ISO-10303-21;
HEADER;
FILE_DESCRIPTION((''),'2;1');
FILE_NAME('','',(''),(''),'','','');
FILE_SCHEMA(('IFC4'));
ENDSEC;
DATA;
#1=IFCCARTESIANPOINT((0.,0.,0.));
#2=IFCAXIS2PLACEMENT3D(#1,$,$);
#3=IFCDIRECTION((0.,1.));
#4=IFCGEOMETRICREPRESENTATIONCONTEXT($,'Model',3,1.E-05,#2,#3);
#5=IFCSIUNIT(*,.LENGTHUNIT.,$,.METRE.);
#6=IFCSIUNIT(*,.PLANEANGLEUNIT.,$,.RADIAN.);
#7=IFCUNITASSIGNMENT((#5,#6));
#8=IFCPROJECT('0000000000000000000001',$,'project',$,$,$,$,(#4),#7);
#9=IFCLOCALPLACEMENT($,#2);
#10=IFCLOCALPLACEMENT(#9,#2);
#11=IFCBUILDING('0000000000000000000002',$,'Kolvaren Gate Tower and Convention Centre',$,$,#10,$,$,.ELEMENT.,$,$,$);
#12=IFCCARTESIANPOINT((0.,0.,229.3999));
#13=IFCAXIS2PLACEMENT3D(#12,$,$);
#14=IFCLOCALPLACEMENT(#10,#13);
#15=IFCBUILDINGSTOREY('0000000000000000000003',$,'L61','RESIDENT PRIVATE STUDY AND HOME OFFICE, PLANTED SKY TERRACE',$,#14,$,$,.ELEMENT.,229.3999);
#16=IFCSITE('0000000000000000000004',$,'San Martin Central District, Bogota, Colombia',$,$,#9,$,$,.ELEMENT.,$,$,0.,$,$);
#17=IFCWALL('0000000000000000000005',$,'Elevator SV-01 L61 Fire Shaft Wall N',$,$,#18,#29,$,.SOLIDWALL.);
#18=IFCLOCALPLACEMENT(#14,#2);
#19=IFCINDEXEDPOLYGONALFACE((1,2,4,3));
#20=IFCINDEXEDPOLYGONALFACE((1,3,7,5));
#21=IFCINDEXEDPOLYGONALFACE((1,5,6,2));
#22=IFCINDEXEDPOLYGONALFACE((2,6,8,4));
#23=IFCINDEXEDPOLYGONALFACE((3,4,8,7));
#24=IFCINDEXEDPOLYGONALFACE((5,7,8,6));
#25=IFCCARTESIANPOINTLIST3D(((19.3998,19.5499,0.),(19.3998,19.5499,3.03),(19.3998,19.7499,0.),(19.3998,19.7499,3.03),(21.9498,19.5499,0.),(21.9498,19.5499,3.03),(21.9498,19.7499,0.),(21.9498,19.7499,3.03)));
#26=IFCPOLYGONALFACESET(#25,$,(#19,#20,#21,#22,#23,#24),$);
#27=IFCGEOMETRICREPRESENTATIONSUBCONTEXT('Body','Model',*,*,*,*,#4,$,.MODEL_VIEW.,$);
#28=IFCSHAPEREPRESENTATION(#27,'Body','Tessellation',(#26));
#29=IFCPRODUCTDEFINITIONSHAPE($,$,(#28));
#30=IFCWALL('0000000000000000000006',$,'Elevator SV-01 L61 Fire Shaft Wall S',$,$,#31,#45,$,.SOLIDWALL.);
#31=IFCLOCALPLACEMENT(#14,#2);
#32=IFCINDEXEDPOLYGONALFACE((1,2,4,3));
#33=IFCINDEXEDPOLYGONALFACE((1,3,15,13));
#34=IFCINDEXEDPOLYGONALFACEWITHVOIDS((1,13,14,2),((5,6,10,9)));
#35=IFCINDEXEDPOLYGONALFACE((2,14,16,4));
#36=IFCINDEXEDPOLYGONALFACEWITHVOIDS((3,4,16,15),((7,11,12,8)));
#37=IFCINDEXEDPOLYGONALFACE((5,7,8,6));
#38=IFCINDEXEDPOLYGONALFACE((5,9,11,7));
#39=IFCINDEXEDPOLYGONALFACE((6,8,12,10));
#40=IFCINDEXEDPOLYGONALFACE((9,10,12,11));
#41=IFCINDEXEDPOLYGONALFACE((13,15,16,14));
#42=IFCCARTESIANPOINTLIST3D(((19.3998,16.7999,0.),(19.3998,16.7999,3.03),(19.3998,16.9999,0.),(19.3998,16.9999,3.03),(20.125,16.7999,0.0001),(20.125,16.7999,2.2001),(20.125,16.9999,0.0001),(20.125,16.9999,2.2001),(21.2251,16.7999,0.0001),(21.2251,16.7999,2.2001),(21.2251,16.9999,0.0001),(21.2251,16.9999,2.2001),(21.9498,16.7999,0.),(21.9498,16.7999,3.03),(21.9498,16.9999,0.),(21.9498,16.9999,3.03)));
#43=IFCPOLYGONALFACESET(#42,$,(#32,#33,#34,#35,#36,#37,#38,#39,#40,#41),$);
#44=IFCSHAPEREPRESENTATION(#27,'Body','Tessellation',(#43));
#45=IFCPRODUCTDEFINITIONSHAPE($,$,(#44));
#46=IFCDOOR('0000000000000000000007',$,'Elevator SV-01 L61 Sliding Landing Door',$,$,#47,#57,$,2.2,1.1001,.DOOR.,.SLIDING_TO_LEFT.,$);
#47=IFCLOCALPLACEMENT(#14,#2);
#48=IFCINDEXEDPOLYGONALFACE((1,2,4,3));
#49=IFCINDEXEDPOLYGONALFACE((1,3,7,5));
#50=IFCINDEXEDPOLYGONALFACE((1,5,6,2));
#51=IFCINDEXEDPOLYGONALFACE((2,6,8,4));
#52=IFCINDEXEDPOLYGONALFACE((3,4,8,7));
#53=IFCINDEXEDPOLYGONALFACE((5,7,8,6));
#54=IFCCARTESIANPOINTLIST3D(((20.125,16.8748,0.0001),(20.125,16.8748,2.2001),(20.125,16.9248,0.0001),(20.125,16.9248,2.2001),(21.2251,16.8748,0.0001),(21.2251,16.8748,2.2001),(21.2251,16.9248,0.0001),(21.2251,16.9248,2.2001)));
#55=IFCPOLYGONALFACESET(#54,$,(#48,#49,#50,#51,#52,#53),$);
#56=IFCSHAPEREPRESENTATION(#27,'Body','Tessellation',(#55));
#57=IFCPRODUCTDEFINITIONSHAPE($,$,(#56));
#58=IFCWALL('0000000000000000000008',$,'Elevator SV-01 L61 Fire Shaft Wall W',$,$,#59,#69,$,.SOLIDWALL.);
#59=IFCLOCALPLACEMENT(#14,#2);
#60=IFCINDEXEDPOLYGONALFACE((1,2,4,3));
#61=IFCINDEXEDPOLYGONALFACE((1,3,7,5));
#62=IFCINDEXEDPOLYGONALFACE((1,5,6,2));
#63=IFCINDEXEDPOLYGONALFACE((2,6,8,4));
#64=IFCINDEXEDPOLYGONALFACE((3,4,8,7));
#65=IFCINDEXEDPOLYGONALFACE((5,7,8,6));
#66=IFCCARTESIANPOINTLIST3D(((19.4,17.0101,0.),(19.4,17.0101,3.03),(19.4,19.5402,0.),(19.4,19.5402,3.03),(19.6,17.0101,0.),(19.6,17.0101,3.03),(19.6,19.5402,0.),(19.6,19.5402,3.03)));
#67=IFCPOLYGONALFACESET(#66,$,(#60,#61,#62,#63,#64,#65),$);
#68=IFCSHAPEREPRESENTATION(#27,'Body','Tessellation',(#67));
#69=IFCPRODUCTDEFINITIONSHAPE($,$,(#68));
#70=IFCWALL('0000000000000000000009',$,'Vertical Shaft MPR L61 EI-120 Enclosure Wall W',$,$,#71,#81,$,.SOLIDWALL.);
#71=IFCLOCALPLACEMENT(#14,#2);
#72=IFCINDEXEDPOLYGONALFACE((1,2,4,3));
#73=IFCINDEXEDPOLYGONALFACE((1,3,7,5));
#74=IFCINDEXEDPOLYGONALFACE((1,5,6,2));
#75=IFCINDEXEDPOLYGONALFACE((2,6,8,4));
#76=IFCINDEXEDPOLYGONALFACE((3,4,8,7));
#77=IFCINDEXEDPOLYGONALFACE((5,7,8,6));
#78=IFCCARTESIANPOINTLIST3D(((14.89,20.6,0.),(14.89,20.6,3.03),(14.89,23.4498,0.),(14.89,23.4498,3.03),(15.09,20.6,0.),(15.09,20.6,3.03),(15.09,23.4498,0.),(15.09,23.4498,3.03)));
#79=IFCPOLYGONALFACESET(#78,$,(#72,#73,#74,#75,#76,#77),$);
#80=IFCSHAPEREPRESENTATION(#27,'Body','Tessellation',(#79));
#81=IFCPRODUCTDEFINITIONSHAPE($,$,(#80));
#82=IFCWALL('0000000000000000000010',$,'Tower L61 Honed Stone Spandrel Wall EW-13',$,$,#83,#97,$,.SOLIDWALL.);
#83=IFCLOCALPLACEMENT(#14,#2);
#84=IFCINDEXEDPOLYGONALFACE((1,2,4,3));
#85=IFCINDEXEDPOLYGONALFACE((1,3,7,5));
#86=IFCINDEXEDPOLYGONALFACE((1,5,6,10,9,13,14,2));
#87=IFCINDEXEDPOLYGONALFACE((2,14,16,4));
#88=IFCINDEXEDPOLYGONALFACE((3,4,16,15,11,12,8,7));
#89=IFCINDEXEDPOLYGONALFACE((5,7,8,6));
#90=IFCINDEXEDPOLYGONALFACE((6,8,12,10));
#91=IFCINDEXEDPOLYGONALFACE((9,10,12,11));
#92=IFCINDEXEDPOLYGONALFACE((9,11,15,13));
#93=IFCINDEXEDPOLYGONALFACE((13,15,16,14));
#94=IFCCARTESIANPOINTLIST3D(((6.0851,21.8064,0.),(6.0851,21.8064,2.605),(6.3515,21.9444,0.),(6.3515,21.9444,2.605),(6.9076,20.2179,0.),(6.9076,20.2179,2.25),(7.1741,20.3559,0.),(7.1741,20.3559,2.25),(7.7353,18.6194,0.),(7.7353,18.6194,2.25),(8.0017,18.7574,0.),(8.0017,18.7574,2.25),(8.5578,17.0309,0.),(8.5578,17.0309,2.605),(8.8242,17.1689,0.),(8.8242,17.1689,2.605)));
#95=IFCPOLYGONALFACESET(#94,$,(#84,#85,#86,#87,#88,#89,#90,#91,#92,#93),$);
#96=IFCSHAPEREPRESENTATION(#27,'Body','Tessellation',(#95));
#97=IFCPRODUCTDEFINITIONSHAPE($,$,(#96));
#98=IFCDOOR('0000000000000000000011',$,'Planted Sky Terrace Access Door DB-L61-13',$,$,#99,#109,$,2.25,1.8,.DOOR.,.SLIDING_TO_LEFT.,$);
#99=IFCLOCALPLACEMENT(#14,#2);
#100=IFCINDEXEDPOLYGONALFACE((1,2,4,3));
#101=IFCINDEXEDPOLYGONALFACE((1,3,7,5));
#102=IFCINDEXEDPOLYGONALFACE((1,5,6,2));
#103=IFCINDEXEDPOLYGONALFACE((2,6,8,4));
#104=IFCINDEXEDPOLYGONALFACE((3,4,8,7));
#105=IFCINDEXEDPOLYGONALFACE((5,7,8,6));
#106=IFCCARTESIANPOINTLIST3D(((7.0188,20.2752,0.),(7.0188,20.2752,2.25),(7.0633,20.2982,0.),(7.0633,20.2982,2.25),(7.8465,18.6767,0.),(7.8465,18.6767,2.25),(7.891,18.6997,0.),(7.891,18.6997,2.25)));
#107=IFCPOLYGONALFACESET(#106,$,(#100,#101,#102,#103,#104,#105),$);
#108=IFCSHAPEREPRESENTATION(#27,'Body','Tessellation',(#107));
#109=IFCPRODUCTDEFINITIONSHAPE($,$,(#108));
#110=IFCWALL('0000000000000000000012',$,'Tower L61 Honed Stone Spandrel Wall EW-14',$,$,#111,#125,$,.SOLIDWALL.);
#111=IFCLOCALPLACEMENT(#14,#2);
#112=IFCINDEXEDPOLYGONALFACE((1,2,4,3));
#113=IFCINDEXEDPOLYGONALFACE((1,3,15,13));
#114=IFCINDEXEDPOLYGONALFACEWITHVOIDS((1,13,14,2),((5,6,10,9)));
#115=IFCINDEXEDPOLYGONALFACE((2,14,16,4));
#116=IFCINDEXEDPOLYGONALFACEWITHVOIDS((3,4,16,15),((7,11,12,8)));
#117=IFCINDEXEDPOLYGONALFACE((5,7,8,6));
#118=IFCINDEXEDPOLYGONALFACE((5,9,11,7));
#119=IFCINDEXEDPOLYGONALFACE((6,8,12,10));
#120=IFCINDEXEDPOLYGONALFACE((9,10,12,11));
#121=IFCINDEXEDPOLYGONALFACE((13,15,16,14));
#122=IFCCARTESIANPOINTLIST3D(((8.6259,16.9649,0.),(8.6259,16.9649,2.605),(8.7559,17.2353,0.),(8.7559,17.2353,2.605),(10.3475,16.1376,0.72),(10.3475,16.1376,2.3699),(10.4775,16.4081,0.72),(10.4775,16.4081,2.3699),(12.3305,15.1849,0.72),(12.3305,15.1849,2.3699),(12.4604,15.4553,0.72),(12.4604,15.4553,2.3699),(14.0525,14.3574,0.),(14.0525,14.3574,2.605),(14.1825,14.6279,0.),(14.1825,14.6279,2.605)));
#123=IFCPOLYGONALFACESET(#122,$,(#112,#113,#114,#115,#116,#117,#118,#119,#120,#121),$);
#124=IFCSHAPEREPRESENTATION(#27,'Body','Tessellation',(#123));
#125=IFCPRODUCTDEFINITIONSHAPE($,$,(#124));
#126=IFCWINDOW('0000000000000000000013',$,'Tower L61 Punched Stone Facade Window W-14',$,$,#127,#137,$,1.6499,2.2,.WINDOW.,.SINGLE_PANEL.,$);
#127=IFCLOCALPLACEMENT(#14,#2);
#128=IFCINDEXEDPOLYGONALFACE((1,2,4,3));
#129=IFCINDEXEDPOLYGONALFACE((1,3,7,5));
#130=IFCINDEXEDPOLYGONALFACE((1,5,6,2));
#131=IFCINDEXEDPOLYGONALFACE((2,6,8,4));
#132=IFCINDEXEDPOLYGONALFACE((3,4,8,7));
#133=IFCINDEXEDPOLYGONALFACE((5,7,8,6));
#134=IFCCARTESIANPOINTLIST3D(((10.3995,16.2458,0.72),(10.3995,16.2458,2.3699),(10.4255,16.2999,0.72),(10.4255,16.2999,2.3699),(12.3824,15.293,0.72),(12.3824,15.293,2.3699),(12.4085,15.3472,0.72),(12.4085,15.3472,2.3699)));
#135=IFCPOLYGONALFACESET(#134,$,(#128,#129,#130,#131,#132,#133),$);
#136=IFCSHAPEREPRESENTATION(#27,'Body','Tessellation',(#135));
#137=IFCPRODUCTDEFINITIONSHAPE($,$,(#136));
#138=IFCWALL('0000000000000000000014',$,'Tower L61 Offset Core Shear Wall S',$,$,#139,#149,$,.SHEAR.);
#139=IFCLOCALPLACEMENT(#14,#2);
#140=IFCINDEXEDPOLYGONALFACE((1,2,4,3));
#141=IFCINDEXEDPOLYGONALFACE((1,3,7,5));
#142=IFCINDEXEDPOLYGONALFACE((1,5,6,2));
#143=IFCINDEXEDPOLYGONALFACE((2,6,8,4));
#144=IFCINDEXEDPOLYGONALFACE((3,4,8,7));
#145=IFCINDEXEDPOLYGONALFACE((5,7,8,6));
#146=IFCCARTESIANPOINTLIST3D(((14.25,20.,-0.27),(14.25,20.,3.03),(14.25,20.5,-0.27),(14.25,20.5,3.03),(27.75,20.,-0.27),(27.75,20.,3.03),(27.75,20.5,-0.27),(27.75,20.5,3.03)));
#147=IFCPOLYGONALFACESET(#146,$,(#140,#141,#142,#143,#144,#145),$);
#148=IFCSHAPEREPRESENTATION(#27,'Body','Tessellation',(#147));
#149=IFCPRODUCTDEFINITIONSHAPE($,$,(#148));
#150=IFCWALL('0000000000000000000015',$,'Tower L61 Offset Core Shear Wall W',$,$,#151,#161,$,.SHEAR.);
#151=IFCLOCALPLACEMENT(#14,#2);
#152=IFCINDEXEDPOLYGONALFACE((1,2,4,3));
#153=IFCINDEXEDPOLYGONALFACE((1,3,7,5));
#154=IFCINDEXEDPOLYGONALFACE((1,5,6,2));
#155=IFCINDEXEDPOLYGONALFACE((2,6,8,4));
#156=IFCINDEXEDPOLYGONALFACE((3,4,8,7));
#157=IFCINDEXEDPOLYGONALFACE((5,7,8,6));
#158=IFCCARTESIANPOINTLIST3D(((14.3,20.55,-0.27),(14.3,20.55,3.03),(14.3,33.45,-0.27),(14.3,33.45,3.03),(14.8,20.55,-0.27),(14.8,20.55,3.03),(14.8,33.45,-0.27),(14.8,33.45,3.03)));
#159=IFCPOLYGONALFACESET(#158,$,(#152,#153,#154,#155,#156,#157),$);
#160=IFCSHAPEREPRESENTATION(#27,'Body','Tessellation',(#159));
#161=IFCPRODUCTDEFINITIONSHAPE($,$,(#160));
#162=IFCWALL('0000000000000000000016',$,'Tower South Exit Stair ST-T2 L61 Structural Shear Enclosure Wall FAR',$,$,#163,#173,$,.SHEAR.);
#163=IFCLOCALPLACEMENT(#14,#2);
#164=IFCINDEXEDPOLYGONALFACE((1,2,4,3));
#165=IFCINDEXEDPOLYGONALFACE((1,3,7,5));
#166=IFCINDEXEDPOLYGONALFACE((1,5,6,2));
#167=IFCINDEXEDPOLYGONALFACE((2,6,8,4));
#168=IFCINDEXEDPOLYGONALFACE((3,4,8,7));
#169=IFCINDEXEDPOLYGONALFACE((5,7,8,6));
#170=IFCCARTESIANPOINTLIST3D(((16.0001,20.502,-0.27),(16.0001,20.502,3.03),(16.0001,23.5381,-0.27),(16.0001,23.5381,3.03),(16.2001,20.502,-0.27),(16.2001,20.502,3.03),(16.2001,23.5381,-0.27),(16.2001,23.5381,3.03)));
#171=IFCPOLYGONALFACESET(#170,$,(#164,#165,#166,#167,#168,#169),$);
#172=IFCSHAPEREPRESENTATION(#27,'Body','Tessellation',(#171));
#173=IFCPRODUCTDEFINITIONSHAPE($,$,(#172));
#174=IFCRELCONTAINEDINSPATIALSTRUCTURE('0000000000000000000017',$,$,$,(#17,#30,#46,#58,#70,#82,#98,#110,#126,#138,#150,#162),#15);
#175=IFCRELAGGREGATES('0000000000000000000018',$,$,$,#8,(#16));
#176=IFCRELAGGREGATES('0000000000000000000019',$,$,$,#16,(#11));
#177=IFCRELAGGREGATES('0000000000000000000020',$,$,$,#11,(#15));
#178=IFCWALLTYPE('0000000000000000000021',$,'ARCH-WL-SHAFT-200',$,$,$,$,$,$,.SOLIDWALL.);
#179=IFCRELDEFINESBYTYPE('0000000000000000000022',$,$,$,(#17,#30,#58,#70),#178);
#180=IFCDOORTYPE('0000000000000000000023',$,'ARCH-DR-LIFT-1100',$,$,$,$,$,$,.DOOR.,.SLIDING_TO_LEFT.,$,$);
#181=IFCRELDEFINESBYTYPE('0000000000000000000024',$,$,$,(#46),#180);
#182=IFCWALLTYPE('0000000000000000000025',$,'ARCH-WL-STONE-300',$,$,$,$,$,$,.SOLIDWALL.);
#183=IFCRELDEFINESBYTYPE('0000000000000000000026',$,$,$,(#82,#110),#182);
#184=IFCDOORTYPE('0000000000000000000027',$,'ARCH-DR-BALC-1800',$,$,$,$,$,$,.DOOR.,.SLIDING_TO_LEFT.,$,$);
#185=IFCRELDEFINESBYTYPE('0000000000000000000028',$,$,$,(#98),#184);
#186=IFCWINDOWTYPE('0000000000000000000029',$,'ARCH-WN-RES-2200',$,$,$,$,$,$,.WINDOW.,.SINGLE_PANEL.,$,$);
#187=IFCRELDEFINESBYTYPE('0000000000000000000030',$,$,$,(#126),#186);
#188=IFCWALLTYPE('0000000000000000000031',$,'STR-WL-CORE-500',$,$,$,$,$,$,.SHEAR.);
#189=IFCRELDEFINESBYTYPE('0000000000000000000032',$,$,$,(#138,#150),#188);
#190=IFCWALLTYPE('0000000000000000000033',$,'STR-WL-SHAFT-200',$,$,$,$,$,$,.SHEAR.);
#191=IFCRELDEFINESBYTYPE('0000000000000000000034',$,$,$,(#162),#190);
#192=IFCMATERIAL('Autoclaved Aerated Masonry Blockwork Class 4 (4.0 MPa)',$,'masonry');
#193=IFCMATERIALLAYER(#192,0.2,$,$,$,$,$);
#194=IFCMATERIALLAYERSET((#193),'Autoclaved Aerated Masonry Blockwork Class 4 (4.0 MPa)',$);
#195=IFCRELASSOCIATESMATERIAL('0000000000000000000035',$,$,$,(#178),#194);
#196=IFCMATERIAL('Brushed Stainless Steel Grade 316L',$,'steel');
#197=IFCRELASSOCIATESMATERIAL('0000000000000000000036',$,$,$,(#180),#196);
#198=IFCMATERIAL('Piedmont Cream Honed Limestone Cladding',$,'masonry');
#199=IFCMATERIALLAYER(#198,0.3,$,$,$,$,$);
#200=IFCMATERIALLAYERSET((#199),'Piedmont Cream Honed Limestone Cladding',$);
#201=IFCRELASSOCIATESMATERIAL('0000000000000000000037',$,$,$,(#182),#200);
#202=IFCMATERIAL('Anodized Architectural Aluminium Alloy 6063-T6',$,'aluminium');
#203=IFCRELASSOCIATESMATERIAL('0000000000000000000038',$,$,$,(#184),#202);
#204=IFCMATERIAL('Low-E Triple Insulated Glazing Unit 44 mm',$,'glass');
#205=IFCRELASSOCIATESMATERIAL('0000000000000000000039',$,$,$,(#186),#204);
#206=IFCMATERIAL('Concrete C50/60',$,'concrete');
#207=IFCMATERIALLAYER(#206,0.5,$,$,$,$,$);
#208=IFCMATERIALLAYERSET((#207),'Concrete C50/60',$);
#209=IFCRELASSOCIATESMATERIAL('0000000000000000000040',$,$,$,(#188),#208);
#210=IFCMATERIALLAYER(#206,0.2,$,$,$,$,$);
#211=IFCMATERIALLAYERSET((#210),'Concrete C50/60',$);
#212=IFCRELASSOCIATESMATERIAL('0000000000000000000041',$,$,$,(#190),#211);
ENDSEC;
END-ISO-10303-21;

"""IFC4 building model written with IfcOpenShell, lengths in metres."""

from ifc_helpers import new_model, si_unit, direction, frame, frame_2d, origin, place, context, subcontext, project, spatial, rectangle, extrude, material, layer, layer_set, type_object, element, fill, save


model = new_model("IFC4")

# Units and contexts
model_context = context("Model", 3, precision=1e-05, world=origin(), true_north=direction((0.0, 1.0)))
body_context = subcontext(model_context, "Body", "Model", "MODEL_VIEW")
ifc_project = project(units=[si_unit("LENGTHUNIT", "METRE"), si_unit("PLANEANGLEUNIT", "RADIAN")], contexts=[model_context])

# Site, building, storey
site_placement = place(None, origin())
site = spatial("IfcSite", under=ifc_project, at=site_placement, Name="San Martin Central District, Bogota, Colombia", CompositionType="ELEMENT", RefElevation=0.0)
building_placement = place(site_placement, origin())
building = spatial("IfcBuilding", under=site, at=building_placement, Name="Kolvaren Gate Tower and Convention Centre", CompositionType="ELEMENT")
storey_placement = place(building_placement, frame((0.0, 0.0, 229.3999)))
storey = spatial("IfcBuildingStorey", under=building, at=storey_placement, Name="L61", Description="RESIDENT PRIVATE STUDY AND HOME OFFICE, PLANTED SKY TERRACE", CompositionType="ELEMENT", Elevation=229.3999)

# Wall
ifc_material_1 = material(Name="Piedmont Cream Honed Limestone Cladding", Category="masonry")
ifc_material_2 = material(Name="Autoclaved Aerated Masonry Blockwork Class 4 (4.0 MPa)", Category="masonry")
ifc_layer_1 = layer(ifc_material_2, 0.2)
ifc_layer_set_1 = layer_set([ifc_layer_1], Name="Autoclaved Aerated Masonry Blockwork Class 4 (4.0 MPa)")
wall_type_1 = type_object("IfcWallType", Name="ARCH-WL-SHAFT-200", PredefinedType="SOLIDWALL", material=ifc_layer_set_1)
wall_1_placement = place(storey_placement, frame((19.3999, 19.6499, 0.0), z_axis=(0.0, 0.0, 1.0), x_axis=(1.0, 0.0, 0.0)))
element("IfcWall", 1, at=wall_1_placement, inside=storey, type_object=wall_type_1, Name="Elevator SV-01 L61 Fire Shaft Wall N", PredefinedType="SOLIDWALL", context=body_context, shape_type="SweptSolid", body=[
    extrude(rectangle(XDim=2.55, YDim=0.2, at=frame_2d((1.2749, 0.0))), origin(), (0.0, 0.0, 1.0), 3.03),
])

# Wall, opening, door
wall_2_placement = place(storey_placement, frame((19.3999, 16.8999, 0.0), z_axis=(0.0, 0.0, 1.0), x_axis=(1.0, 0.0, 0.0)))
wall_2 = element("IfcWall", 2, at=wall_2_placement, inside=storey, type_object=wall_type_1, Name="Elevator SV-01 L61 Fire Shaft Wall S", PredefinedType="SOLIDWALL", context=body_context, shape_type="SweptSolid", body=[
    extrude(rectangle(XDim=2.55, YDim=0.2, at=frame_2d((1.2749, 0.0))), origin(), (0.0, 0.0, 1.0), 3.03),
])
opening_1_placement = place(wall_2_placement, frame((0.7251, 0.0, 0.0)))
opening_1 = element("IfcOpeningElement", 3, at=opening_1_placement, cuts=wall_2, PredefinedType="OPENING", context=body_context, shape_type="SweptSolid", body=[
    extrude(rectangle(XDim=1.1001, YDim=2.2, at=frame_2d((0.55, 1.1001))), frame((0.0, 0.1099, 0.0), z_axis=(0.0, -1.0, 0.0), x_axis=(1.0, 0.0, 0.0)), (0.0, 0.0, 1.0), 0.22),
])
ifc_material_3 = material(Name="Brushed Stainless Steel Grade 316L", Category="steel")
door_type_1 = type_object("IfcDoorType", Name="ARCH-DR-LIFT-1100", OperationType="SLIDING_TO_LEFT", PredefinedType="DOOR", material=ifc_material_3)
door_1_placement = place(opening_1_placement, origin())
door_1 = element("IfcDoor", 4, at=door_1_placement, inside=storey, type_object=door_type_1, Name="Elevator SV-01 L61 Sliding Landing Door", OperationType="SLIDING_TO_LEFT", OverallHeight=2.2, OverallWidth=1.1001, PredefinedType="DOOR", context=body_context, shape_type="SweptSolid", body=[
    extrude(rectangle(XDim=1.1001, YDim=2.2, at=frame_2d((0.55, 1.1001))), frame((0.0, 0.0249, 0.0), z_axis=(0.0, -1.0, 0.0), x_axis=(1.0, 0.0, 0.0)), (0.0, 0.0, 1.0), 0.05),
])
fill(opening_1, door_1)

# Walls
wall_3_placement = place(storey_placement, frame((19.5, 17.01, 0.0), z_axis=(0.0, 0.0, 1.0), x_axis=(0.0, 1.0, 0.0)))
element("IfcWall", 5, at=wall_3_placement, inside=storey, type_object=wall_type_1, Name="Elevator SV-01 L61 Fire Shaft Wall W", PredefinedType="SOLIDWALL", context=body_context, shape_type="SweptSolid", body=[
    extrude(rectangle(XDim=2.53, YDim=0.2, at=frame_2d((1.2651, 0.0))), origin(), (0.0, 0.0, 1.0), 3.03),
])
wall_4_placement = place(storey_placement, frame((14.99, 20.6001, 0.0), z_axis=(0.0, 0.0, 1.0), x_axis=(0.0, 1.0, 0.0)))
element("IfcWall", 6, at=wall_4_placement, inside=storey, type_object=wall_type_1, Name="Vertical Shaft MPR L61 EI-120 Enclosure Wall W", PredefinedType="SOLIDWALL", context=body_context, shape_type="SweptSolid", body=[
    extrude(rectangle(XDim=2.8499, YDim=0.2, at=frame_2d((1.4248, 0.0))), origin(), (0.0, 0.0, 1.0), 3.03),
])

# Wall, opening, door
ifc_layer_2 = layer(ifc_material_1, 0.3)
ifc_layer_set_2 = layer_set([ifc_layer_2], Name="Piedmont Cream Honed Limestone Cladding")
wall_type_2 = type_object("IfcWallType", Name="ARCH-WL-STONE-300", PredefinedType="SOLIDWALL", material=ifc_layer_set_2)
wall_5_placement = place(storey_placement, frame((6.2183, 21.8755, 0.0), z_axis=(0.0, 0.0, 1.0), x_axis=(0.459808, -0.888018, 0.0)))
wall_5 = element("IfcWall", 7, at=wall_5_placement, inside=storey, type_object=wall_type_2, Name="Tower L61 Honed Stone Spandrel Wall EW-13", PredefinedType="SOLIDWALL", context=body_context, shape_type="SweptSolid", body=[
    extrude(rectangle(XDim=5.3777, YDim=0.3, at=frame_2d((2.689, 0.0))), origin(), (0.0, 0.0, 1.0), 2.605),
])
opening_2_placement = place(wall_5_placement, frame((1.7891, 0.0, 0.0)))
opening_2 = element("IfcOpeningElement", 8, at=opening_2_placement, cuts=wall_5, PredefinedType="OPENING", context=body_context, shape_type="SweptSolid", body=[
    extrude(rectangle(XDim=1.8, YDim=2.25, at=frame_2d((0.8999, 1.125))), frame((0.0, 0.1599, 0.0), z_axis=(0.0, -1.0, 0.0), x_axis=(1.0, 0.0, 0.0)), (0.0, 0.0, 1.0), 0.3201),
])
ifc_material_4 = material(Name="Anodized Architectural Aluminium Alloy 6063-T6", Category="aluminium")
door_type_2 = type_object("IfcDoorType", Name="ARCH-DR-BALC-1800", OperationType="SLIDING_TO_LEFT", PredefinedType="DOOR", material=ifc_material_4)
door_2_placement = place(opening_2_placement, frame((1.8, 0.0, 0.0), z_axis=(0.0, 0.0, 1.0), x_axis=(-1.0, 0.0, 0.0)))
door_2 = element("IfcDoor", 9, at=door_2_placement, inside=storey, type_object=door_type_2, Name="Planted Sky Terrace Access Door DB-L61-13", OperationType="SLIDING_TO_LEFT", OverallHeight=2.25, OverallWidth=1.8, PredefinedType="DOOR", context=body_context, shape_type="SweptSolid", body=[
    extrude(rectangle(XDim=1.8, YDim=2.25, at=frame_2d((0.8999, 1.125))), frame((0.0, 0.0249, 0.0), z_axis=(0.0, -1.0, 0.0), x_axis=(1.0, 0.0, 0.0)), (0.0, 0.0, 1.0), 0.05),
])
fill(opening_2, door_2)

# Wall, opening, window
wall_6_placement = place(storey_placement, frame((8.6909, 17.1001, 0.0), z_axis=(0.0, 0.0, 1.0), x_axis=(0.901348, -0.433095, 0.0)))
wall_6 = element("IfcWall", 10, at=wall_6_placement, inside=storey, type_object=wall_type_2, Name="Tower L61 Honed Stone Spandrel Wall EW-14", PredefinedType="SOLIDWALL", context=body_context, shape_type="SweptSolid", body=[
    extrude(rectangle(XDim=6.0205, YDim=0.3, at=frame_2d((3.0103, 0.0))), origin(), (0.0, 0.0, 1.0), 2.605),
])
opening_3_placement = place(wall_6_placement, frame((1.9099, 0.0, 0.72)))
opening_3 = element("IfcOpeningElement", 11, at=opening_3_placement, cuts=wall_6, PredefinedType="OPENING", context=body_context, shape_type="SweptSolid", body=[
    extrude(rectangle(XDim=2.2, YDim=1.6499, at=frame_2d((1.1001, 0.825))), frame((0.0, 0.1599, 0.0), z_axis=(0.0, -1.0, 0.0), x_axis=(1.0, 0.0, 0.0)), (0.0, 0.0, 1.0), 0.3201),
])
ifc_material_5 = material(Name="Low-E Triple Insulated Glazing Unit 44 mm", Category="glass")
window_type = type_object("IfcWindowType", Name="ARCH-WN-RES-2200", PartitioningType="SINGLE_PANEL", PredefinedType="WINDOW", material=ifc_material_5)
window_placement = place(opening_3_placement, origin())
window = element("IfcWindow", 12, at=window_placement, inside=storey, type_object=window_type, Name="Tower L61 Punched Stone Facade Window W-14", OverallHeight=1.6499, OverallWidth=2.2, PartitioningType="SINGLE_PANEL", PredefinedType="WINDOW", context=body_context, shape_type="SweptSolid", body=[
    extrude(rectangle(XDim=2.2, YDim=1.6499, at=frame_2d((1.1001, 0.825))), frame((0.0, 0.03, 0.0), z_axis=(0.0, -1.0, 0.0), x_axis=(1.0, 0.0, 0.0)), (0.0, 0.0, 1.0), 0.0601),
])
fill(opening_3, window)

# Walls
ifc_material_6 = material(Name="Concrete C50/60", Category="concrete")
ifc_layer_3 = layer(ifc_material_6, 0.5)
ifc_layer_set_3 = layer_set([ifc_layer_3], Name="Concrete C50/60")
wall_type_3 = type_object("IfcWallType", Name="STR-WL-CORE-500", PredefinedType="SHEAR", material=ifc_layer_set_3)
wall_7_placement = place(storey_placement, frame((14.25, 20.25, -0.27), z_axis=(0.0, 0.0, 1.0), x_axis=(1.0, 0.0, 0.0)))
element("IfcWall", 13, at=wall_7_placement, inside=storey, type_object=wall_type_3, Name="Tower L61 Offset Core Shear Wall S", PredefinedType="SHEAR", context=body_context, shape_type="SweptSolid", body=[
    extrude(rectangle(XDim=13.5, YDim=0.5, at=frame_2d((6.75, 0.0))), origin(), (0.0, 0.0, 1.0), 3.3),
])
wall_8_placement = place(storey_placement, frame((14.55, 20.55, -0.27), z_axis=(0.0, 0.0, 1.0), x_axis=(0.0, 1.0, 0.0)))
element("IfcWall", 14, at=wall_8_placement, inside=storey, type_object=wall_type_3, Name="Tower L61 Offset Core Shear Wall W", PredefinedType="SHEAR", context=body_context, shape_type="SweptSolid", body=[
    extrude(rectangle(XDim=12.8999, YDim=0.5, at=frame_2d((6.45, 0.0))), origin(), (0.0, 0.0, 1.0), 3.3),
])
ifc_layer_4 = layer(ifc_material_6, 0.2)
ifc_layer_set_4 = layer_set([ifc_layer_4], Name="Concrete C50/60")
wall_type_4 = type_object("IfcWallType", Name="STR-WL-SHAFT-200", PredefinedType="SHEAR", material=ifc_layer_set_4)
wall_9_placement = place(storey_placement, frame((16.1001, 20.502, -0.27), z_axis=(0.0, 0.0, 1.0), x_axis=(0.0, 1.0, 0.0)))
element("IfcWall", 15, at=wall_9_placement, inside=storey, type_object=wall_type_4, Name="Tower South Exit Stair ST-T2 L61 Structural Shear Enclosure Wall FAR", PredefinedType="SHEAR", context=body_context, shape_type="SweptSolid", body=[
    extrude(rectangle(XDim=3.0361, YDim=0.2, at=frame_2d((1.5181, 0.0))), origin(), (0.0, 0.0, 1.0), 3.3),
])

save(model, "model.ifc")
